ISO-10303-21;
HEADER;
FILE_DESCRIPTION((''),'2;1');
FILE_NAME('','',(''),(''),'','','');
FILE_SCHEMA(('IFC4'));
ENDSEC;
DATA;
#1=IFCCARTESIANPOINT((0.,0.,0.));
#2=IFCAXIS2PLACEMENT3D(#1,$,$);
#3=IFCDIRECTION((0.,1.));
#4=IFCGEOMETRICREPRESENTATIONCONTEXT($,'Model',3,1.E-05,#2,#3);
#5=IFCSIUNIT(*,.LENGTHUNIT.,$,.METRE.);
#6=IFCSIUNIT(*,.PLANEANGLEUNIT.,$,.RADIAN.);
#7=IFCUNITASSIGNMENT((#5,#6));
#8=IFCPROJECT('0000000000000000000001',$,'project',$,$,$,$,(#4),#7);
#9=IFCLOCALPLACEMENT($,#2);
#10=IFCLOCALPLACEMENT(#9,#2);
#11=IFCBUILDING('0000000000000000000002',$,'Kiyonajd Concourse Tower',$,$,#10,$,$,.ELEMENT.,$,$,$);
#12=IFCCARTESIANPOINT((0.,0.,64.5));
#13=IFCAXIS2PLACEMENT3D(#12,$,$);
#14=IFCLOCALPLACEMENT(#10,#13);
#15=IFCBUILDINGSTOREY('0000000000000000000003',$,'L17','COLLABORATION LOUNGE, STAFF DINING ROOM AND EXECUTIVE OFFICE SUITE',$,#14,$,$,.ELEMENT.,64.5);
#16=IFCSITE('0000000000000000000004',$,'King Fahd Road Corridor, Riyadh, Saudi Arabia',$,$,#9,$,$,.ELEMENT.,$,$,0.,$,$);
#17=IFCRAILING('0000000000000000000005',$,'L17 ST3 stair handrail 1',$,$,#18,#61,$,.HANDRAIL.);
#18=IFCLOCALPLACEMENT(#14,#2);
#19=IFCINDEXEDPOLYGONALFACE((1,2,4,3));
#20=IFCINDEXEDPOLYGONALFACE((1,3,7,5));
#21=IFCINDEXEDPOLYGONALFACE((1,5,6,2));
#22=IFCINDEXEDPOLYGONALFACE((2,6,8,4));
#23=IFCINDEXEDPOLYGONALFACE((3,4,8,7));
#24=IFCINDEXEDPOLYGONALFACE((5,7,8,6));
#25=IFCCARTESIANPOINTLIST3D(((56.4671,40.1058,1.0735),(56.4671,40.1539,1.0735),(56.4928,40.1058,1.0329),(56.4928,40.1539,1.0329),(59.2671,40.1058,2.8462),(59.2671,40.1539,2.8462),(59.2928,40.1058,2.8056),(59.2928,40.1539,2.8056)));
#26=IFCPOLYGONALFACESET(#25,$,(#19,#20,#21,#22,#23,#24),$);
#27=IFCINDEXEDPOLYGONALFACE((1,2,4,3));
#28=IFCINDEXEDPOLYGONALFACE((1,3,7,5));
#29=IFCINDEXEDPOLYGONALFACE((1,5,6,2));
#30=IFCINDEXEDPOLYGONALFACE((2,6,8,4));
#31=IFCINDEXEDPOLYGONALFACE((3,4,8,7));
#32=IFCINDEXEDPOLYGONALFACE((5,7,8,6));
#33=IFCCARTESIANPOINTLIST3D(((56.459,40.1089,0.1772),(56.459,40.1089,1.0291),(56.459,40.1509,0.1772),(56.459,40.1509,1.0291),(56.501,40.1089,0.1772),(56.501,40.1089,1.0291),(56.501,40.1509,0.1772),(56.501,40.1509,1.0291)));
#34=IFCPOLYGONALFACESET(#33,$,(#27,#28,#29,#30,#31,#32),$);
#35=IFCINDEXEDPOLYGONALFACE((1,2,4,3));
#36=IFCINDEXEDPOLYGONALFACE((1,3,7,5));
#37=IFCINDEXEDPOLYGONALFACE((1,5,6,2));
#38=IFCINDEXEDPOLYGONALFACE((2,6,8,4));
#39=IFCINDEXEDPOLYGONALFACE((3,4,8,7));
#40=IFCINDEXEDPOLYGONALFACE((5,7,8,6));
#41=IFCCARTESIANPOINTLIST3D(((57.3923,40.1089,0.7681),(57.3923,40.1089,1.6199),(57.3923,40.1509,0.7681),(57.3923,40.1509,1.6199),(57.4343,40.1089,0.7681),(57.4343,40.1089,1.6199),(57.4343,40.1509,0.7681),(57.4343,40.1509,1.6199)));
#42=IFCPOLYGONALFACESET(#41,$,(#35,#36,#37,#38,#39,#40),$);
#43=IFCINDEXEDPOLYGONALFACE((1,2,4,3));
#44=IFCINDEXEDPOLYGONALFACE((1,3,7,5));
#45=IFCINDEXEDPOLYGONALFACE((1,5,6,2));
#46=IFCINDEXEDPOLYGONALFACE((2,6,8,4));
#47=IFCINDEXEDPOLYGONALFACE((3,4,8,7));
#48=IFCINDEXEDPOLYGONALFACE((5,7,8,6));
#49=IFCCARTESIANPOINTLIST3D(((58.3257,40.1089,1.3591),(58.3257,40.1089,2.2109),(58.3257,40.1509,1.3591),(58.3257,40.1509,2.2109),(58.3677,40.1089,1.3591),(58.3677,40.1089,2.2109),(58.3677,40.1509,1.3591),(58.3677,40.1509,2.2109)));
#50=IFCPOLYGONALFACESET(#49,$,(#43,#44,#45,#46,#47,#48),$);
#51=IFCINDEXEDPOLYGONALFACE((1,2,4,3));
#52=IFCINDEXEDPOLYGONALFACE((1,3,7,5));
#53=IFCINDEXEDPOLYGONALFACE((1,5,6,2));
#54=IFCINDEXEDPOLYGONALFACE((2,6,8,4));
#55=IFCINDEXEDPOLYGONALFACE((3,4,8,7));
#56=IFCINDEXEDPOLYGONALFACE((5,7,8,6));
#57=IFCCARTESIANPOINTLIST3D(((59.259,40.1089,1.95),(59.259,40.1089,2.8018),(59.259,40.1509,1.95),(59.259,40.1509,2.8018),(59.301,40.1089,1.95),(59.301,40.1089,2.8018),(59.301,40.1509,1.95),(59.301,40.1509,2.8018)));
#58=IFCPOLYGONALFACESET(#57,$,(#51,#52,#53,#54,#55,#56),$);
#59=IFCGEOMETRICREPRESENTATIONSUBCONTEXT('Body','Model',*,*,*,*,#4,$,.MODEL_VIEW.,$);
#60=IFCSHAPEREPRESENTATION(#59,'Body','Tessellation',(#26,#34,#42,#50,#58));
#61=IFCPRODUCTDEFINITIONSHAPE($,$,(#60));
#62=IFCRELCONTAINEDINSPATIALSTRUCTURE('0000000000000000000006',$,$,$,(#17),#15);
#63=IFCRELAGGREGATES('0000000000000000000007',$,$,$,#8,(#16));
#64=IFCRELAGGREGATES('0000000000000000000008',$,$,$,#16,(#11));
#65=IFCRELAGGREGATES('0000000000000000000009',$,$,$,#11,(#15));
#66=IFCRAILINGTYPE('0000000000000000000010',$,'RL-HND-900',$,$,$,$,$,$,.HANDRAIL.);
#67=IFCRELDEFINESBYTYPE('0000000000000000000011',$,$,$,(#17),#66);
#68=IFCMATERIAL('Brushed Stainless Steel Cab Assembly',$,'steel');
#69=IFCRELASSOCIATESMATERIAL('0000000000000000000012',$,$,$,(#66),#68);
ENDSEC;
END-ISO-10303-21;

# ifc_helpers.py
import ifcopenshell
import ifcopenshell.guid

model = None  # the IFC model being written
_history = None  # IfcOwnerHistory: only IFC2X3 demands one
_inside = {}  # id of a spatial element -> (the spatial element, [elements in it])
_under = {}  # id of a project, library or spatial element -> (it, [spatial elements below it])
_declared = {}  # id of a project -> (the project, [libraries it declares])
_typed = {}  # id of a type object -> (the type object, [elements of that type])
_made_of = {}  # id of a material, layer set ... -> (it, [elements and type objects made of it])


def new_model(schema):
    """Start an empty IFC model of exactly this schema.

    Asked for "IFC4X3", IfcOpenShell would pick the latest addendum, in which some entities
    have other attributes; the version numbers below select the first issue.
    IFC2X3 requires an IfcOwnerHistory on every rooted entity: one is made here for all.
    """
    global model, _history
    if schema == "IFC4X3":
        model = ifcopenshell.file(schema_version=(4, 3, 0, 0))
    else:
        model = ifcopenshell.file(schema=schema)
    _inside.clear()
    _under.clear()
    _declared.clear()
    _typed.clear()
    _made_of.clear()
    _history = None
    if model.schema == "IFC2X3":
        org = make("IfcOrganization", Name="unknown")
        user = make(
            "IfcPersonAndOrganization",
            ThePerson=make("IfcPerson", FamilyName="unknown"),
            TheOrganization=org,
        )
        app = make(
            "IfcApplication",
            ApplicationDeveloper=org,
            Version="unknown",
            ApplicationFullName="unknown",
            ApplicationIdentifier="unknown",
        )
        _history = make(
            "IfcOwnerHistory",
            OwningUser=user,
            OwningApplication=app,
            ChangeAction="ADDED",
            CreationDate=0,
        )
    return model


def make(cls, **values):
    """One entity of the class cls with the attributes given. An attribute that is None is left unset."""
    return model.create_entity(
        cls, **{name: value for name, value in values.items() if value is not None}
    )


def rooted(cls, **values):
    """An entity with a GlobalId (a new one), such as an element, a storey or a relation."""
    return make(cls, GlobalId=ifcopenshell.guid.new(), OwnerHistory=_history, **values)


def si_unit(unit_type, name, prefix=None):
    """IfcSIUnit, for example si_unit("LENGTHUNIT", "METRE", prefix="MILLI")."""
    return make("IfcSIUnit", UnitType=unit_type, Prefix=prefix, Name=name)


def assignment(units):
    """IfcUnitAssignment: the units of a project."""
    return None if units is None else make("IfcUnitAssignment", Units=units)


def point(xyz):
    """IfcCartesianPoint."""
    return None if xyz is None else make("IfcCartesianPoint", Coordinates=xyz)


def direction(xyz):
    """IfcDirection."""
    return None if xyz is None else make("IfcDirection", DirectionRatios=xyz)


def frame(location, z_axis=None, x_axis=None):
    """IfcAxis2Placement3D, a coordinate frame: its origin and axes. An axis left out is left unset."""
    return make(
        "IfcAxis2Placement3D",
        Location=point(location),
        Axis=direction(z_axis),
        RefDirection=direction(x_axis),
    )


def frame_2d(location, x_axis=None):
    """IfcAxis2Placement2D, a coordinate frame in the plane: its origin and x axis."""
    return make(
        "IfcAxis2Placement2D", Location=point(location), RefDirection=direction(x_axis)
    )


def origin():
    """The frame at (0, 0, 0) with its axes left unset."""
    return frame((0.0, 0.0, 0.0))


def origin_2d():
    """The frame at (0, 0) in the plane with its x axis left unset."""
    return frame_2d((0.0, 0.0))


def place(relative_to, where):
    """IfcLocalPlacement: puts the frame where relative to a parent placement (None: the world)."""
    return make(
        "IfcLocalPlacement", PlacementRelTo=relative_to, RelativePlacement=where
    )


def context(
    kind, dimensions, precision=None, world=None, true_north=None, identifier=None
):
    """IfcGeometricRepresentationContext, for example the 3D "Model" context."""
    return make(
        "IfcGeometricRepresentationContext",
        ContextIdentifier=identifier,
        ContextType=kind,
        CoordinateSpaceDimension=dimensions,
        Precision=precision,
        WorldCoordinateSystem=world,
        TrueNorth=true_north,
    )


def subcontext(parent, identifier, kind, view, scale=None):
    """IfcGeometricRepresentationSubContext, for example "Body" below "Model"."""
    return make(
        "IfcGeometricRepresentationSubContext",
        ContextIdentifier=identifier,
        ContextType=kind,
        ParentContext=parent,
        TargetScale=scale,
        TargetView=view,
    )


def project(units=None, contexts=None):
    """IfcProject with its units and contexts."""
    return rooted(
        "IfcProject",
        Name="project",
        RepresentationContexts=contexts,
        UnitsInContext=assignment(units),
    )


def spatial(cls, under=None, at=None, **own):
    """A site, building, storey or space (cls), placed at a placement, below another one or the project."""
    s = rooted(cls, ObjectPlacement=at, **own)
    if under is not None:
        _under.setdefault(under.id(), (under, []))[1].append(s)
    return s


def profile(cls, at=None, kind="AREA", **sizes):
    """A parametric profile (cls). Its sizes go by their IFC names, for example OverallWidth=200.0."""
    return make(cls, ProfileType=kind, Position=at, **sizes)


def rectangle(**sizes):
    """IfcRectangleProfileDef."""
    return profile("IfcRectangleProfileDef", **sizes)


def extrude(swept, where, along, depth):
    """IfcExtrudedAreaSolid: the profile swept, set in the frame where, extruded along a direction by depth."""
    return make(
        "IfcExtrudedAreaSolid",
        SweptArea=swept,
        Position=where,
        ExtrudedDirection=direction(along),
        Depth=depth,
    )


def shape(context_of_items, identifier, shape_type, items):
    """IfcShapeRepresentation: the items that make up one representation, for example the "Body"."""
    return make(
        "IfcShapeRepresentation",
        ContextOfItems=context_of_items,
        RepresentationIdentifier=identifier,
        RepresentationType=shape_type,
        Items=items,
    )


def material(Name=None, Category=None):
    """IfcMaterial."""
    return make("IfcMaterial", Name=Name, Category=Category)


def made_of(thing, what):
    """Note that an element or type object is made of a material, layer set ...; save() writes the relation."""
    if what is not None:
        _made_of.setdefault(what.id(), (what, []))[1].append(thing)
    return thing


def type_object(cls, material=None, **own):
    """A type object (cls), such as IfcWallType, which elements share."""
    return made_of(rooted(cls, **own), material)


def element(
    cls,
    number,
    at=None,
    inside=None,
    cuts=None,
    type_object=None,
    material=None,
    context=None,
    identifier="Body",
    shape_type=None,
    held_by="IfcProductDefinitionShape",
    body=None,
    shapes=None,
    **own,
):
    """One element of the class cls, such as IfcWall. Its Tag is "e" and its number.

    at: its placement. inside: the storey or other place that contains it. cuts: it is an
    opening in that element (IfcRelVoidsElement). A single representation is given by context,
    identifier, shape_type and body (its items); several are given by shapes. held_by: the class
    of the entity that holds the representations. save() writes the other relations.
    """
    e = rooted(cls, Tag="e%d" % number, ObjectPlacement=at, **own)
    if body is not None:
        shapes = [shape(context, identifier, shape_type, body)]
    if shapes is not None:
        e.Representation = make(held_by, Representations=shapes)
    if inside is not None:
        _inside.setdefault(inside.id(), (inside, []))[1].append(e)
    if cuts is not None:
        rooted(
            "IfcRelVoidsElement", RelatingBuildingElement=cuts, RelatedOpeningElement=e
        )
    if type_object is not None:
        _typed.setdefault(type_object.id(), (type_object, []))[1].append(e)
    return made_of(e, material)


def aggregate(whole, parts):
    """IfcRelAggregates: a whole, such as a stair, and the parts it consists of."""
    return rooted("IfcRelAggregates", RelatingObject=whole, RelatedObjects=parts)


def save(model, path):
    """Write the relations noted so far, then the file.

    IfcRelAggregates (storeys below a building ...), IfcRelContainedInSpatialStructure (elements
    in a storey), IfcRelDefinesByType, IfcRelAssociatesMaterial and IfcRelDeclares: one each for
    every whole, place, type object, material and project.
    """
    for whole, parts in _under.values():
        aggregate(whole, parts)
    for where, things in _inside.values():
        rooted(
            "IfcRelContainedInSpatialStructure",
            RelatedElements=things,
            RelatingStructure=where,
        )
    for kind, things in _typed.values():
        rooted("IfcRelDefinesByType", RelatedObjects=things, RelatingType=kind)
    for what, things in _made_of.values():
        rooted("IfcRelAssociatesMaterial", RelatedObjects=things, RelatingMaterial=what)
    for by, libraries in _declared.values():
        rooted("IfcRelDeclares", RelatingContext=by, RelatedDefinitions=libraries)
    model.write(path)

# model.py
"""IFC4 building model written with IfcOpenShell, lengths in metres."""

from ifc_helpers import new_model, si_unit, direction, frame, origin, origin_2d, place, context, subcontext, project, spatial, rectangle, extrude, material, type_object, element, save


model = new_model("IFC4")

# Units and contexts
model_context = context("Model", 3, precision=1e-05, world=origin(), true_north=direction((0.0, 1.0)))
body_context = subcontext(model_context, "Body", "Model", "MODEL_VIEW")
ifc_project = project(units=[si_unit("LENGTHUNIT", "METRE"), si_unit("PLANEANGLEUNIT", "RADIAN")], contexts=[model_context])

# Site, building, storey
site_placement = place(None, origin())
site = spatial("IfcSite", under=ifc_project, at=site_placement, Name="King Fahd Road Corridor, Riyadh, Saudi Arabia", CompositionType="ELEMENT", RefElevation=0.0)
building_placement = place(site_placement, origin())
building = spatial("IfcBuilding", under=site, at=building_placement, Name="Kiyonajd Concourse Tower", CompositionType="ELEMENT")
storey_placement = place(building_placement, frame((0.0, 0.0, 64.5)))
storey = spatial("IfcBuildingStorey", under=building, at=storey_placement, Name="L17", Description="COLLABORATION LOUNGE, STAFF DINING ROOM AND EXECUTIVE OFFICE SUITE", CompositionType="ELEMENT", Elevation=64.5)

# Shared definitions
ifc_material_1 = material(Name="Brushed Stainless Steel Cab Assembly", Category="steel")

# Railing
railing_type_1 = type_object("IfcRailingType", Name="RL-HND-900", PredefinedType="HANDRAIL", material=ifc_material_1)
railing_1_placement = place(storey_placement, frame((56.48, 40.1299, 0.1772)))
element("IfcRailing", 1, at=railing_1_placement, inside=storey, type_object=railing_type_1, Name="L17 ST3 stair handrail 1", PredefinedType="HANDRAIL", context=body_context, shape_type="SweptSolid", body=[
    extrude(rectangle(XDim=0.0481, YDim=0.0481, at=origin_2d()), frame((0.0, 0.0, 0.876), z_axis=(0.844909, 0.0, 0.53491), x_axis=(0.0, 1.0, 0.0)), (0.0, 0.0, 1.0), 3.314),
    extrude(rectangle(XDim=0.042, YDim=0.042, at=origin_2d()), origin(), (0.0, 0.0, 1.0), 0.8518),
    extrude(rectangle(XDim=0.042, YDim=0.042, at=origin_2d()), frame((0.9333, 0.0, 0.5908)), (0.0, 0.0, 1.0), 0.8518),
    extrude(rectangle(XDim=0.042, YDim=0.042, at=origin_2d()), frame((1.8667, 0.0, 1.1819)), (0.0, 0.0, 1.0), 0.8518),
    extrude(rectangle(XDim=0.042, YDim=0.042, at=origin_2d()), frame((2.8, 0.0, 1.7727)), (0.0, 0.0, 1.0), 0.8518),
])

save(model, "model.ifc")
